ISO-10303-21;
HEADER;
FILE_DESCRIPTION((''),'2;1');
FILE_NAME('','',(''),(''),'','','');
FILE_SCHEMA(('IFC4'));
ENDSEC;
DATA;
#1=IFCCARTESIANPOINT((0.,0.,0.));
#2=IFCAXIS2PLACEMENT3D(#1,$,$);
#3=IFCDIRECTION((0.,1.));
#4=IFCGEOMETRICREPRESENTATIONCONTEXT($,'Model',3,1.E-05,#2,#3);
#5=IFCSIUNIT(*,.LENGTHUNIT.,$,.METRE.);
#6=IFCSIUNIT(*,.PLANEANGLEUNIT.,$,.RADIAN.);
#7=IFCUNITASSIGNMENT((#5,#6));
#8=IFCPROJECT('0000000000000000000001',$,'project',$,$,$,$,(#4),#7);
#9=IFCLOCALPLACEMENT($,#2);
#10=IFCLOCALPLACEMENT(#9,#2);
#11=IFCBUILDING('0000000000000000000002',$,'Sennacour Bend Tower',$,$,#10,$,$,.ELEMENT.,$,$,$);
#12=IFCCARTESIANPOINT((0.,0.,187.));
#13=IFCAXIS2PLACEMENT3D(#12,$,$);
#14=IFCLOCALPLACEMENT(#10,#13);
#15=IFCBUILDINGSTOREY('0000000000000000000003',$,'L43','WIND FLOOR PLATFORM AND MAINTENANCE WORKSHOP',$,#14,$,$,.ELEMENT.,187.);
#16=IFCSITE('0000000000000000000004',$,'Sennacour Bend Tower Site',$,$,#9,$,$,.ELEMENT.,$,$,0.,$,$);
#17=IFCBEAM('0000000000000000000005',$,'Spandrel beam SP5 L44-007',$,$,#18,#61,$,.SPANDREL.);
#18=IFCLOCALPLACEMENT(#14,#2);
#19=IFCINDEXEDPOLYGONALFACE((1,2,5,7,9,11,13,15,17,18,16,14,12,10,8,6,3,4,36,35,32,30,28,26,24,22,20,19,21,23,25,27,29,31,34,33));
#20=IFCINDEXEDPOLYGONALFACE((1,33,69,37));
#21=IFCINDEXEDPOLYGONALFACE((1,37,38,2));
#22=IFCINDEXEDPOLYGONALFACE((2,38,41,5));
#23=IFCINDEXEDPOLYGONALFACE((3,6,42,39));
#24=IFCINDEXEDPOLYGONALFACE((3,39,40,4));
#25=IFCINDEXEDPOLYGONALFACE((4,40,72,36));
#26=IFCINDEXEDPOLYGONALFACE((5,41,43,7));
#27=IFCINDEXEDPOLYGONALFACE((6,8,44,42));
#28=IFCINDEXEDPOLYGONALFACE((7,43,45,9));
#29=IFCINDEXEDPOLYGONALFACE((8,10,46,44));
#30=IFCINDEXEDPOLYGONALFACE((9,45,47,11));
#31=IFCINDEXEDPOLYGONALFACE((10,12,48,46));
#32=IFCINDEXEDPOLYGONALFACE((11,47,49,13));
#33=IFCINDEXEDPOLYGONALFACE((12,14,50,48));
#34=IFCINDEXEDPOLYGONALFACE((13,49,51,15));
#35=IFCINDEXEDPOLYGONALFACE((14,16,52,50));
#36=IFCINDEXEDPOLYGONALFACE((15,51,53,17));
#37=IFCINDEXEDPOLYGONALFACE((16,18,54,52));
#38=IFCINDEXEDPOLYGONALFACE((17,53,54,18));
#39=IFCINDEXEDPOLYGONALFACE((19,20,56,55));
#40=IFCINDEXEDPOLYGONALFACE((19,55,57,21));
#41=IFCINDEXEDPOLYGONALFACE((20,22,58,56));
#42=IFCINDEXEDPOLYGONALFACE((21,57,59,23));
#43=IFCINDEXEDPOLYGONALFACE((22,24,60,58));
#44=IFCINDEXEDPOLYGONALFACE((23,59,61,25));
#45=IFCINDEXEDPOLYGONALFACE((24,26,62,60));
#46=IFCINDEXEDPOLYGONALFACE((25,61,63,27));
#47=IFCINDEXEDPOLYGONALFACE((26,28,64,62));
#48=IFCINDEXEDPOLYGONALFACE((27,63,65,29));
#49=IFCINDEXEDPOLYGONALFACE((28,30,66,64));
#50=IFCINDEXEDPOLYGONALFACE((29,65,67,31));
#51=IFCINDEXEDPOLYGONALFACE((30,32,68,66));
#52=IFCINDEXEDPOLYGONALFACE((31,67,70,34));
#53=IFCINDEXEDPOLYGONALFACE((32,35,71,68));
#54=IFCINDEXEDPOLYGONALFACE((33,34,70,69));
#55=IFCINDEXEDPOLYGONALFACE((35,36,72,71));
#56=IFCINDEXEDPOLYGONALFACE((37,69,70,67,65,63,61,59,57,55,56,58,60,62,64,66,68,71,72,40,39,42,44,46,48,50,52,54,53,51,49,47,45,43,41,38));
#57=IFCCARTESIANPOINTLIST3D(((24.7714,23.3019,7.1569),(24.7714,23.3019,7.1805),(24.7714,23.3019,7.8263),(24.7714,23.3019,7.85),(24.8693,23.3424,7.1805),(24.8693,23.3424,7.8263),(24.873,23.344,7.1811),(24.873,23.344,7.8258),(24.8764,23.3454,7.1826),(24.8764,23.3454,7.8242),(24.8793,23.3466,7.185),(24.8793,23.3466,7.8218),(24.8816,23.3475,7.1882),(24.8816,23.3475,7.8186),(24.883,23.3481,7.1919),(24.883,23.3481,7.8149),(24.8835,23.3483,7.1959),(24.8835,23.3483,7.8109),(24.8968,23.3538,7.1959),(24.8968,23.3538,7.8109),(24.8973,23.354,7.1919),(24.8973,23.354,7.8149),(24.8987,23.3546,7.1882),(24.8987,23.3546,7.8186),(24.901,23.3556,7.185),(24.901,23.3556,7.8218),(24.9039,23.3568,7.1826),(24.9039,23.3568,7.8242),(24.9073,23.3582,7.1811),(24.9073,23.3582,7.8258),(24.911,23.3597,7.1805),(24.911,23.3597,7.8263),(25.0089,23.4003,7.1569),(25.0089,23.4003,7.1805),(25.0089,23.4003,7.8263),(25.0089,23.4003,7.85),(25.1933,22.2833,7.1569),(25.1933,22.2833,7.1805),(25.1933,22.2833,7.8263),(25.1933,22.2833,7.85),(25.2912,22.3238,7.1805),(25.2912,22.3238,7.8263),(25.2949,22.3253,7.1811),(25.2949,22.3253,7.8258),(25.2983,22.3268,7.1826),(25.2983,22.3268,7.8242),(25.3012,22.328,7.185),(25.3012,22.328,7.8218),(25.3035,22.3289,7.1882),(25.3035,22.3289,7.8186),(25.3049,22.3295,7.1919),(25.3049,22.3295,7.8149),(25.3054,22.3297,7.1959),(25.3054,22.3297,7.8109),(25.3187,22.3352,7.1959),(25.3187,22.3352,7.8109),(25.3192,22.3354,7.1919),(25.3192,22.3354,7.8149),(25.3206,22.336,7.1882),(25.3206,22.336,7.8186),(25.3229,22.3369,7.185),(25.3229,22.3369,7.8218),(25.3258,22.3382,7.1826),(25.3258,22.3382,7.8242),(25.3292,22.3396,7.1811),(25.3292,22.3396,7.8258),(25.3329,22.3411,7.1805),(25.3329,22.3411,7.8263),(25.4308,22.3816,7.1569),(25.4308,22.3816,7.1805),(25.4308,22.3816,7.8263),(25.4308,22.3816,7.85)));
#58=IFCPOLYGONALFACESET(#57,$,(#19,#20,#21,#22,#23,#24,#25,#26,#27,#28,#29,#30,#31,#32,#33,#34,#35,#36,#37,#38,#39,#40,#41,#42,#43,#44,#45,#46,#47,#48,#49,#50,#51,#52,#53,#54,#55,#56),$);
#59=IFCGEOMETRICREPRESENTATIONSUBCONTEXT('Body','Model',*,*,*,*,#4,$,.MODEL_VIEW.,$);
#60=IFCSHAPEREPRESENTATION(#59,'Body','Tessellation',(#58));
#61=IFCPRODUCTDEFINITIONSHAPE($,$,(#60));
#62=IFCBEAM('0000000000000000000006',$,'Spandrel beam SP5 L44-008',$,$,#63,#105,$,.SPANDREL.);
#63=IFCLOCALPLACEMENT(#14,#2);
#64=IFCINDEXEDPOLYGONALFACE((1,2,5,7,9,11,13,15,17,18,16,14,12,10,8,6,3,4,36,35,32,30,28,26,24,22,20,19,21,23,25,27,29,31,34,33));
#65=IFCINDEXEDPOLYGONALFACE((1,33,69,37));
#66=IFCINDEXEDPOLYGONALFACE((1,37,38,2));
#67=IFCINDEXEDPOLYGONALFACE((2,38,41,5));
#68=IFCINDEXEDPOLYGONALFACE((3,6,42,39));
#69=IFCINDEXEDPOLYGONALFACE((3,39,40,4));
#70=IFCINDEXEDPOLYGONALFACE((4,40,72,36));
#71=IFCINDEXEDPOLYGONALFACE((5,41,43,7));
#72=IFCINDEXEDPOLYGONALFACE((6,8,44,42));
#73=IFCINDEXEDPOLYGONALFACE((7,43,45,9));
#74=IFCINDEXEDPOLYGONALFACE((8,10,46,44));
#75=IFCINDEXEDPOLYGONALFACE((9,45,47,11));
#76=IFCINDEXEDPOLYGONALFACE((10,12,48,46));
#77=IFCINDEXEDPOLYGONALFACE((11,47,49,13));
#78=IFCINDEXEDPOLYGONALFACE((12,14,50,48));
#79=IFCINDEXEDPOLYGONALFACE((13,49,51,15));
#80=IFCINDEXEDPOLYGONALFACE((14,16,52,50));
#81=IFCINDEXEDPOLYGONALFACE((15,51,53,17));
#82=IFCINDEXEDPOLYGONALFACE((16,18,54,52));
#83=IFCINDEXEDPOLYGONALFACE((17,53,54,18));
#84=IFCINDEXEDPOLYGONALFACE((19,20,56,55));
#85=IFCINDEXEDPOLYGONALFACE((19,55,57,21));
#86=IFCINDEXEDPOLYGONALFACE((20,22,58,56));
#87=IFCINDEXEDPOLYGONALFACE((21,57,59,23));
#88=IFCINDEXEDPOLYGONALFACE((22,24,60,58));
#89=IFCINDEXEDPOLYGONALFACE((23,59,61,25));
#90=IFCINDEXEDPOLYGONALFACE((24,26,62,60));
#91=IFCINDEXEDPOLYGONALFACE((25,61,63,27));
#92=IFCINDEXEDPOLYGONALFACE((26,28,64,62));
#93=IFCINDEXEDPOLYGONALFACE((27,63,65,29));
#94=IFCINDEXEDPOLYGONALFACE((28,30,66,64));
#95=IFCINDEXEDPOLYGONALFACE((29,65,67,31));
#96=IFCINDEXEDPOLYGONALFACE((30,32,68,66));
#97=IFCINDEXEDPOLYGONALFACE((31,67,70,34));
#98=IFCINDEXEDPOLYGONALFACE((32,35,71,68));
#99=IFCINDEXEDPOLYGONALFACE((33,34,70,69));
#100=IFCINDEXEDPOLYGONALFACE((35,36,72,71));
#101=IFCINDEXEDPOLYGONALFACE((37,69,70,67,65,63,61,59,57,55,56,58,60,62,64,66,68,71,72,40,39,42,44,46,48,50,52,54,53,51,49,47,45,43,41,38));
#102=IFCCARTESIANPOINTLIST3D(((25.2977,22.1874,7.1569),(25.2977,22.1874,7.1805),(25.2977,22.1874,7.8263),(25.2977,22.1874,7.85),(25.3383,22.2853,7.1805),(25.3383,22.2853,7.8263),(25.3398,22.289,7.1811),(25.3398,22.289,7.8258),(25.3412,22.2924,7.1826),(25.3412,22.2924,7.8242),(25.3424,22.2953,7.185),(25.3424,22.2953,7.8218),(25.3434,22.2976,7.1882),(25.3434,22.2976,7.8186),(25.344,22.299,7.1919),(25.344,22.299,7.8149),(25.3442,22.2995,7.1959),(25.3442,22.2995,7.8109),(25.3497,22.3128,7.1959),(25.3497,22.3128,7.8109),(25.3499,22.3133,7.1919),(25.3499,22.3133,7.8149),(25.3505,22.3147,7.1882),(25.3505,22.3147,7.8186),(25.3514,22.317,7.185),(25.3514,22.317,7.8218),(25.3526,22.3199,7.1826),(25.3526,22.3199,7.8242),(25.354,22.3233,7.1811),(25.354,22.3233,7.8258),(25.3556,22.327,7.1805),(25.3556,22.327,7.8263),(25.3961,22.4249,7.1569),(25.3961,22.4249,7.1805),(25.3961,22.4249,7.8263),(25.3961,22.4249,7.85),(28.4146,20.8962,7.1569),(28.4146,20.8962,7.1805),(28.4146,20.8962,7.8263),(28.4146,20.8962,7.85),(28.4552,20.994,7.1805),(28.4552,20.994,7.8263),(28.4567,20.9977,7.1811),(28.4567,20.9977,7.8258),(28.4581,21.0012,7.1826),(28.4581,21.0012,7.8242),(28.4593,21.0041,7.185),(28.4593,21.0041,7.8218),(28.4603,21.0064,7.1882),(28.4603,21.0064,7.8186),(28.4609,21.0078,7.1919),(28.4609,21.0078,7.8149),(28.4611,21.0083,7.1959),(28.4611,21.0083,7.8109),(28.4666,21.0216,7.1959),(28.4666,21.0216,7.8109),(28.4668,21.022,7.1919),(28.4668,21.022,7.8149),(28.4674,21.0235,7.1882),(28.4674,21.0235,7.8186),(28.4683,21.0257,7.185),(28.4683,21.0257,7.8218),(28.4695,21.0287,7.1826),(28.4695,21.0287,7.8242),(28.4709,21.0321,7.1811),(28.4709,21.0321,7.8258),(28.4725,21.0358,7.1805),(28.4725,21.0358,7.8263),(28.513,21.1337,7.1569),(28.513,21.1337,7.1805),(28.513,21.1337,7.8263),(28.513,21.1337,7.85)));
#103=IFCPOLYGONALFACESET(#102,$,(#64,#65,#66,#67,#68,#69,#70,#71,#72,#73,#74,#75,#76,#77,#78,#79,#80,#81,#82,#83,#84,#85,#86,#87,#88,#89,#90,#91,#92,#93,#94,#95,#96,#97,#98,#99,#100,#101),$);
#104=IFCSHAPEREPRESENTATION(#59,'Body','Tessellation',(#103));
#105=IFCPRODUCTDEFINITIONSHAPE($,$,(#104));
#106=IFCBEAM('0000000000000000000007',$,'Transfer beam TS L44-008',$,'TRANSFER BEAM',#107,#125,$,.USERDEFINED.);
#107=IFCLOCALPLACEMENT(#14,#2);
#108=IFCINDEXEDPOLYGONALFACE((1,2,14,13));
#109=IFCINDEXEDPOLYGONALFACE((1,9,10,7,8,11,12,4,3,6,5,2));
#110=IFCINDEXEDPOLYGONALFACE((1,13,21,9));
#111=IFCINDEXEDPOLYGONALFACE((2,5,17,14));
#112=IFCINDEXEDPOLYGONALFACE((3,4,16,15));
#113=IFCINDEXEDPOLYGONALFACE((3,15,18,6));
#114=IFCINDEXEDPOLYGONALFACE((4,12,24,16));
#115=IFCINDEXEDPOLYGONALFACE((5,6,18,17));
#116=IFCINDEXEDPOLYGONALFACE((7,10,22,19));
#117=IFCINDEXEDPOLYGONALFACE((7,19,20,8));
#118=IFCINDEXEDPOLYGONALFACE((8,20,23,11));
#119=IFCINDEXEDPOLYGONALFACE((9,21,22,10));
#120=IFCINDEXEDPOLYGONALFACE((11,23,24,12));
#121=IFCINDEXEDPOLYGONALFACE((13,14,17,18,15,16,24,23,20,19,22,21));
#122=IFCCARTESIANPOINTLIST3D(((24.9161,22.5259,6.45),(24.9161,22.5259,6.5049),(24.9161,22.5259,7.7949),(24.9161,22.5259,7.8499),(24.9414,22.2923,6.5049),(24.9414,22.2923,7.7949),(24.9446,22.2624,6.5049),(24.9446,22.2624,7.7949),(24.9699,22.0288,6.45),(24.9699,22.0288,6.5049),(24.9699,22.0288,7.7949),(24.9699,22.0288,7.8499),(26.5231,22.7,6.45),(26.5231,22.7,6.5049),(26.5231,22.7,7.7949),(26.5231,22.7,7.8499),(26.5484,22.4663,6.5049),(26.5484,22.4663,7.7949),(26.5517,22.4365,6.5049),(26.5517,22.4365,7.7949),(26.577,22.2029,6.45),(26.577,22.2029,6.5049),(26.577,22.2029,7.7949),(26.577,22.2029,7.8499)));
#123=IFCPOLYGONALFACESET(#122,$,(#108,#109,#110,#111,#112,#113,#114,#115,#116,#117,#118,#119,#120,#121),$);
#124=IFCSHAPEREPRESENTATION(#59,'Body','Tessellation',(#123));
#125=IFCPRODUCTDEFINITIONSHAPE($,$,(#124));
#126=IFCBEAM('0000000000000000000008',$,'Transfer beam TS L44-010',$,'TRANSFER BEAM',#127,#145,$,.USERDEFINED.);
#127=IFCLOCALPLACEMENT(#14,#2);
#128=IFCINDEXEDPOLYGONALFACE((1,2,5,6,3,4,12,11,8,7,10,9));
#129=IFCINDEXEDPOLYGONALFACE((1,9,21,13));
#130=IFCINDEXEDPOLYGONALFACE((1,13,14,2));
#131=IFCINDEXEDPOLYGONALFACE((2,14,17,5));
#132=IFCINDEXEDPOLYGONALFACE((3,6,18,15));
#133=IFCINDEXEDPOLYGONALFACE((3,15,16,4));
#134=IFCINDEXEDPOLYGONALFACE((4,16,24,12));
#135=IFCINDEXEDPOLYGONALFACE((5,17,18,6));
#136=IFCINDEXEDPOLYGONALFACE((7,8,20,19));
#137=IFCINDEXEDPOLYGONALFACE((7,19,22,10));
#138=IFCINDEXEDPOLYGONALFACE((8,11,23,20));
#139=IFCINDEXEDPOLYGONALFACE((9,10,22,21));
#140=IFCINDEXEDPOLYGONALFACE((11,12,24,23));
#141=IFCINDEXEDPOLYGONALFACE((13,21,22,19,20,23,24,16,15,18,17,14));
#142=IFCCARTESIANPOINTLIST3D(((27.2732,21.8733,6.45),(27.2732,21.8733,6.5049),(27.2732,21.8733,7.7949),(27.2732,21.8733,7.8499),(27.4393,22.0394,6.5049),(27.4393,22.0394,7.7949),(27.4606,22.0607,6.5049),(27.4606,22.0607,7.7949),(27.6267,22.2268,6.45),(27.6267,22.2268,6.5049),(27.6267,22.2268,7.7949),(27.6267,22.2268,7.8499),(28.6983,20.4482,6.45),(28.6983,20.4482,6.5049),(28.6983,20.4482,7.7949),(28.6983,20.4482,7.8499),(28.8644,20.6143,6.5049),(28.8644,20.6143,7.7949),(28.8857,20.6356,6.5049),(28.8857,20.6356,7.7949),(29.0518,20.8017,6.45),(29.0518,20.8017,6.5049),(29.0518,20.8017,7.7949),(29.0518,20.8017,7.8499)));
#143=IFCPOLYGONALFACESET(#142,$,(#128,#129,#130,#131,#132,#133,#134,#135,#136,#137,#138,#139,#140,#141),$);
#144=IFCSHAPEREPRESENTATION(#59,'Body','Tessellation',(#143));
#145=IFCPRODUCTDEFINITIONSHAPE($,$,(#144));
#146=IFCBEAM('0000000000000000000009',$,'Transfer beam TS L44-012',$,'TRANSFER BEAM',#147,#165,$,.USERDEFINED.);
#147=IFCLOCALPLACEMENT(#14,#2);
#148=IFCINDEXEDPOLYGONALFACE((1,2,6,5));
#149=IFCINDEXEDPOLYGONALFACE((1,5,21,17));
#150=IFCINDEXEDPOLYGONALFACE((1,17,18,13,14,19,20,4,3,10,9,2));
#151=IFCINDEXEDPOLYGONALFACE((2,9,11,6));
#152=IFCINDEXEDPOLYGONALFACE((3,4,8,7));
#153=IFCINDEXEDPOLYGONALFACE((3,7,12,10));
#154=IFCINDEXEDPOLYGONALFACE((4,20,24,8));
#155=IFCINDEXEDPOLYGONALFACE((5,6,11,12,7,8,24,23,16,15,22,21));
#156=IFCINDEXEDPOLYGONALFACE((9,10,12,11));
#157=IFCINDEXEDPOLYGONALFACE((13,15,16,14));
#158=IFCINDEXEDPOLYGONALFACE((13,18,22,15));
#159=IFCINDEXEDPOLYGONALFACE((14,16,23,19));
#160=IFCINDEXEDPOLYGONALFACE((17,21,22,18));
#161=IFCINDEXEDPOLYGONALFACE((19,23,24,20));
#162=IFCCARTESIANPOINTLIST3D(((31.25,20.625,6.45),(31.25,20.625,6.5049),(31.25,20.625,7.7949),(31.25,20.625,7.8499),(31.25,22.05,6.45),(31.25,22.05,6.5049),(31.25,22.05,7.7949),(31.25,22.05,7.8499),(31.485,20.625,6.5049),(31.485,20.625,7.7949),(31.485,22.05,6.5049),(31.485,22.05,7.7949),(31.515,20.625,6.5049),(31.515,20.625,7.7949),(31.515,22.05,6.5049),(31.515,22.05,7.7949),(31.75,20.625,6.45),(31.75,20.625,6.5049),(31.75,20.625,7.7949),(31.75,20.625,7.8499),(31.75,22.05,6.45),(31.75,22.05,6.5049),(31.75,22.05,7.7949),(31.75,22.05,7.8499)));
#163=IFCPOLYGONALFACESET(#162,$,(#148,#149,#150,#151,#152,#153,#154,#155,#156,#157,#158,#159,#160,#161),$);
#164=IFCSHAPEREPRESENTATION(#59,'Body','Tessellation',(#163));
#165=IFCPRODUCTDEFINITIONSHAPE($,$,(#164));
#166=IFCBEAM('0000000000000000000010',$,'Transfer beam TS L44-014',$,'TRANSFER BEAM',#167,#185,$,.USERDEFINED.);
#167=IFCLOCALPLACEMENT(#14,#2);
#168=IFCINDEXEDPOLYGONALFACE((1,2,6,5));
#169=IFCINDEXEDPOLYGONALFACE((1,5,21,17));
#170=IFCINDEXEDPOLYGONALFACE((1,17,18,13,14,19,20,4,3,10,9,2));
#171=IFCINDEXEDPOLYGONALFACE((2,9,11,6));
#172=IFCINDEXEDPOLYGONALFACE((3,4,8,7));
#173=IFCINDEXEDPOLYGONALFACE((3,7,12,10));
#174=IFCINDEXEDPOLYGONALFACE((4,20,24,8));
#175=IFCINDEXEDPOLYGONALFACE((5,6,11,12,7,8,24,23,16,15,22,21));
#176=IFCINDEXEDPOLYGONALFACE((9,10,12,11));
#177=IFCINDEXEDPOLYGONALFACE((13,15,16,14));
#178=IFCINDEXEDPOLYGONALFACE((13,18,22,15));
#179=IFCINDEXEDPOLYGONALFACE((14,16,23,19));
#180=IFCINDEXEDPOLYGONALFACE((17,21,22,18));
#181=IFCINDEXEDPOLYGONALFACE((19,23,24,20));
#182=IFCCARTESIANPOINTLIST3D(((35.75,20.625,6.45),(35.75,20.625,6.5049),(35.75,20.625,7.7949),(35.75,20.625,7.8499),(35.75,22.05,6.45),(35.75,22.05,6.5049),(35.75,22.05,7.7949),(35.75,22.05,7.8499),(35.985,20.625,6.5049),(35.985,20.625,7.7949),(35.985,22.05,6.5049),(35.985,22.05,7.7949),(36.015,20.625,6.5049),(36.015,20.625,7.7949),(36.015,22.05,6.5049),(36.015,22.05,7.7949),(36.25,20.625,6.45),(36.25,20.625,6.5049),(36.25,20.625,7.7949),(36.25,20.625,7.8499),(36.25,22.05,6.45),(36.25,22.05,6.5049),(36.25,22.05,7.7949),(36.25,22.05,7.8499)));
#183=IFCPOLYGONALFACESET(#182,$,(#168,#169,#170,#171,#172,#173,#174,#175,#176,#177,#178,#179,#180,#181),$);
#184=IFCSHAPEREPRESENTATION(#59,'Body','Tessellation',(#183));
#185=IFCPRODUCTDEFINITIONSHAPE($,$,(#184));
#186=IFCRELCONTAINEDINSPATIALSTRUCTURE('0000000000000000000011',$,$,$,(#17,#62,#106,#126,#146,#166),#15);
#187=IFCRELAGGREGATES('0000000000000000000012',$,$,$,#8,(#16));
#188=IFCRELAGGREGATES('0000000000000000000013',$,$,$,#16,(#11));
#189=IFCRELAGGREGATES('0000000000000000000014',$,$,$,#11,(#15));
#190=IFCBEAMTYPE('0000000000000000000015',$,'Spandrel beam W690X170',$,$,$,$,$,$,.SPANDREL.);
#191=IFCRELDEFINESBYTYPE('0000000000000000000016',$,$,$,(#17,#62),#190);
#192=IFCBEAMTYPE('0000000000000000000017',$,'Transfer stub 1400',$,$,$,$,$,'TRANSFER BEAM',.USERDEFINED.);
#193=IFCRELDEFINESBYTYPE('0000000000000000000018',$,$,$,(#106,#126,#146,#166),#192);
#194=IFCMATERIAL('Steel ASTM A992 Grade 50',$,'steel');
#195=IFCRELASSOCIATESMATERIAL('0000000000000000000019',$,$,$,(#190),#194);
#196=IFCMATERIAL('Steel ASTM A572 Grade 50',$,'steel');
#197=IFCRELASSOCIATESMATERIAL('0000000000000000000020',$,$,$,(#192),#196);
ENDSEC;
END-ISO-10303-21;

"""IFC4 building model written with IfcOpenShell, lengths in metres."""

from ifc_helpers import new_model, si_unit, direction, frame, origin, origin_2d, place, context, subcontext, project, spatial, i_section, extrude, material, material_profile, profile_set, type_object, element, save


model = new_model("IFC4")

# Units and contexts
model_context = context("Model", 3, precision=1e-05, world=origin(), true_north=direction((0.0, 1.0)))
body_context = subcontext(model_context, "Body", "Model", "MODEL_VIEW")
ifc_project = project(units=[si_unit("LENGTHUNIT", "METRE"), si_unit("PLANEANGLEUNIT", "RADIAN")], contexts=[model_context])

# Site, building, storey
site_placement = place(None, origin())
site = spatial("IfcSite", under=ifc_project, at=site_placement, Name="Sennacour Bend Tower Site", CompositionType="ELEMENT", RefElevation=0.0)
building_placement = place(site_placement, origin())
building = spatial("IfcBuilding", under=site, at=building_placement, Name="Sennacour Bend Tower", CompositionType="ELEMENT")
storey_placement = place(building_placement, frame((0.0, 0.0, 187.0)))
storey = spatial("IfcBuildingStorey", under=building, at=storey_placement, Name="L43", Description="WIND FLOOR PLATFORM AND MAINTENANCE WORKSHOP", CompositionType="ELEMENT", Elevation=187.0)

# Shared definitions
ifc_material_1 = material(Name="Steel ASTM A572 Grade 50", Category="steel")

# Shared definitions
ifc_material_2 = material(Name="Steel ASTM A992 Grade 50", Category="steel")

# Beams
ifc_material_profile_1 = material_profile(ifc_material_2, i_section(OverallWidth=0.2571, OverallDepth=0.6931, WebThickness=0.0144, FlangeThickness=0.0237, FilletRadius=0.0154, at=origin_2d()), Name="Steel ASTM A992 Grade 50", Category="steel")
ifc_profile_set_1 = profile_set([ifc_material_profile_1], Name="Steel ASTM A992 Grade 50")
beam_type_1 = type_object("IfcBeamType", Name="Spandrel beam W690X170", PredefinedType="SPANDREL", material=ifc_profile_set_1)
beam_1_placement = place(storey_placement, frame((24.8901, 23.3511, 7.5034), z_axis=(0.382665, -0.923887, 0.0), x_axis=(0.923887, 0.382665, 0.0)))
element("IfcBeam", 1, at=beam_1_placement, inside=storey, type_object=beam_type_1, Name="Spandrel beam SP5 L44-007", PredefinedType="SPANDREL", context=body_context, shape_type="SweptSolid", body=[
    extrude(i_section(OverallWidth=0.2571, OverallDepth=0.6931, WebThickness=0.0144, FlangeThickness=0.0237, FilletRadius=0.0154, at=origin_2d()), origin(), (0.0, 0.0, 1.0), 1.1025),
])
beam_2_placement = place(storey_placement, frame((25.3469, 22.3062, 7.5034), z_axis=(0.923861, -0.382729, 0.0), x_axis=(0.382729, 0.923861, 0.0)))
element("IfcBeam", 2, at=beam_2_placement, inside=storey, type_object=beam_type_1, Name="Spandrel beam SP5 L44-008", PredefinedType="SPANDREL", context=body_context, shape_type="SweptSolid", body=[
    extrude(i_section(OverallWidth=0.2571, OverallDepth=0.6931, WebThickness=0.0144, FlangeThickness=0.0237, FilletRadius=0.0154, at=origin_2d()), origin(), (0.0, 0.0, 1.0), 3.3738),
])
ifc_material_profile_2 = material_profile(ifc_material_1, i_section(OverallWidth=0.5, OverallDepth=1.3999, WebThickness=0.03, FlangeThickness=0.0549, at=origin_2d()), Name="Steel ASTM A572 Grade 50", Category="steel")
ifc_profile_set_2 = profile_set([ifc_material_profile_2], Name="Steel ASTM A572 Grade 50")
beam_type_2 = type_object("IfcBeamType", Name="Transfer stub 1400", ElementType="TRANSFER BEAM", PredefinedType="USERDEFINED", material=ifc_profile_set_2)
beam_3_placement = place(storey_placement, frame((26.55, 22.4514, 7.1499), z_axis=(-0.994184, -0.107696, 0.0), x_axis=(0.107696, -0.994184, 0.0)))
element("IfcBeam", 3, at=beam_3_placement, inside=storey, type_object=beam_type_2, Name="Transfer beam TS L44-008", ObjectType="TRANSFER BEAM", PredefinedType="USERDEFINED", context=body_context, shape_type="SweptSolid", body=[
    extrude(i_section(OverallWidth=0.5, OverallDepth=1.3999, WebThickness=0.03, FlangeThickness=0.0549, at=origin_2d()), origin(), (0.0, 0.0, 1.0), 1.6165),
])
beam_4_placement = place(storey_placement, frame((27.45, 22.05, 7.1499), z_axis=(0.707107, -0.707107, 0.0), x_axis=(0.707107, 0.707107, 0.0)))
element("IfcBeam", 4, at=beam_4_placement, inside=storey, type_object=beam_type_2, Name="Transfer beam TS L44-010", ObjectType="TRANSFER BEAM", PredefinedType="USERDEFINED", context=body_context, shape_type="SweptSolid", body=[
    extrude(i_section(OverallWidth=0.5, OverallDepth=1.3999, WebThickness=0.03, FlangeThickness=0.0549, at=origin_2d()), origin(), (0.0, 0.0, 1.0), 2.0154),
])
for number, where, z_axis, x_axis, name in (
    (5, (31.5, 22.05, 7.1499), (0.0, -1.0, 0.0), (1.0, 0.0, 0.0), "Transfer beam TS L44-012"),
    (6, (36.0, 22.05, 7.1499), (0.0, -1.0, 0.0), (1.0, 0.0, 0.0), "Transfer beam TS L44-014"),
):
    element("IfcBeam", number, at=place(storey_placement, frame(where, z_axis=z_axis, x_axis=x_axis)), inside=storey, type_object=beam_type_2, Name=name, ObjectType="TRANSFER BEAM", PredefinedType="USERDEFINED", context=body_context, shape_type="SweptSolid", body=[
        extrude(i_section(OverallWidth=0.5, OverallDepth=1.3999, WebThickness=0.03, FlangeThickness=0.0549, at=origin_2d()), origin(), (0.0, 0.0, 1.0), 1.425),
    ])

save(model, "model.ifc")
